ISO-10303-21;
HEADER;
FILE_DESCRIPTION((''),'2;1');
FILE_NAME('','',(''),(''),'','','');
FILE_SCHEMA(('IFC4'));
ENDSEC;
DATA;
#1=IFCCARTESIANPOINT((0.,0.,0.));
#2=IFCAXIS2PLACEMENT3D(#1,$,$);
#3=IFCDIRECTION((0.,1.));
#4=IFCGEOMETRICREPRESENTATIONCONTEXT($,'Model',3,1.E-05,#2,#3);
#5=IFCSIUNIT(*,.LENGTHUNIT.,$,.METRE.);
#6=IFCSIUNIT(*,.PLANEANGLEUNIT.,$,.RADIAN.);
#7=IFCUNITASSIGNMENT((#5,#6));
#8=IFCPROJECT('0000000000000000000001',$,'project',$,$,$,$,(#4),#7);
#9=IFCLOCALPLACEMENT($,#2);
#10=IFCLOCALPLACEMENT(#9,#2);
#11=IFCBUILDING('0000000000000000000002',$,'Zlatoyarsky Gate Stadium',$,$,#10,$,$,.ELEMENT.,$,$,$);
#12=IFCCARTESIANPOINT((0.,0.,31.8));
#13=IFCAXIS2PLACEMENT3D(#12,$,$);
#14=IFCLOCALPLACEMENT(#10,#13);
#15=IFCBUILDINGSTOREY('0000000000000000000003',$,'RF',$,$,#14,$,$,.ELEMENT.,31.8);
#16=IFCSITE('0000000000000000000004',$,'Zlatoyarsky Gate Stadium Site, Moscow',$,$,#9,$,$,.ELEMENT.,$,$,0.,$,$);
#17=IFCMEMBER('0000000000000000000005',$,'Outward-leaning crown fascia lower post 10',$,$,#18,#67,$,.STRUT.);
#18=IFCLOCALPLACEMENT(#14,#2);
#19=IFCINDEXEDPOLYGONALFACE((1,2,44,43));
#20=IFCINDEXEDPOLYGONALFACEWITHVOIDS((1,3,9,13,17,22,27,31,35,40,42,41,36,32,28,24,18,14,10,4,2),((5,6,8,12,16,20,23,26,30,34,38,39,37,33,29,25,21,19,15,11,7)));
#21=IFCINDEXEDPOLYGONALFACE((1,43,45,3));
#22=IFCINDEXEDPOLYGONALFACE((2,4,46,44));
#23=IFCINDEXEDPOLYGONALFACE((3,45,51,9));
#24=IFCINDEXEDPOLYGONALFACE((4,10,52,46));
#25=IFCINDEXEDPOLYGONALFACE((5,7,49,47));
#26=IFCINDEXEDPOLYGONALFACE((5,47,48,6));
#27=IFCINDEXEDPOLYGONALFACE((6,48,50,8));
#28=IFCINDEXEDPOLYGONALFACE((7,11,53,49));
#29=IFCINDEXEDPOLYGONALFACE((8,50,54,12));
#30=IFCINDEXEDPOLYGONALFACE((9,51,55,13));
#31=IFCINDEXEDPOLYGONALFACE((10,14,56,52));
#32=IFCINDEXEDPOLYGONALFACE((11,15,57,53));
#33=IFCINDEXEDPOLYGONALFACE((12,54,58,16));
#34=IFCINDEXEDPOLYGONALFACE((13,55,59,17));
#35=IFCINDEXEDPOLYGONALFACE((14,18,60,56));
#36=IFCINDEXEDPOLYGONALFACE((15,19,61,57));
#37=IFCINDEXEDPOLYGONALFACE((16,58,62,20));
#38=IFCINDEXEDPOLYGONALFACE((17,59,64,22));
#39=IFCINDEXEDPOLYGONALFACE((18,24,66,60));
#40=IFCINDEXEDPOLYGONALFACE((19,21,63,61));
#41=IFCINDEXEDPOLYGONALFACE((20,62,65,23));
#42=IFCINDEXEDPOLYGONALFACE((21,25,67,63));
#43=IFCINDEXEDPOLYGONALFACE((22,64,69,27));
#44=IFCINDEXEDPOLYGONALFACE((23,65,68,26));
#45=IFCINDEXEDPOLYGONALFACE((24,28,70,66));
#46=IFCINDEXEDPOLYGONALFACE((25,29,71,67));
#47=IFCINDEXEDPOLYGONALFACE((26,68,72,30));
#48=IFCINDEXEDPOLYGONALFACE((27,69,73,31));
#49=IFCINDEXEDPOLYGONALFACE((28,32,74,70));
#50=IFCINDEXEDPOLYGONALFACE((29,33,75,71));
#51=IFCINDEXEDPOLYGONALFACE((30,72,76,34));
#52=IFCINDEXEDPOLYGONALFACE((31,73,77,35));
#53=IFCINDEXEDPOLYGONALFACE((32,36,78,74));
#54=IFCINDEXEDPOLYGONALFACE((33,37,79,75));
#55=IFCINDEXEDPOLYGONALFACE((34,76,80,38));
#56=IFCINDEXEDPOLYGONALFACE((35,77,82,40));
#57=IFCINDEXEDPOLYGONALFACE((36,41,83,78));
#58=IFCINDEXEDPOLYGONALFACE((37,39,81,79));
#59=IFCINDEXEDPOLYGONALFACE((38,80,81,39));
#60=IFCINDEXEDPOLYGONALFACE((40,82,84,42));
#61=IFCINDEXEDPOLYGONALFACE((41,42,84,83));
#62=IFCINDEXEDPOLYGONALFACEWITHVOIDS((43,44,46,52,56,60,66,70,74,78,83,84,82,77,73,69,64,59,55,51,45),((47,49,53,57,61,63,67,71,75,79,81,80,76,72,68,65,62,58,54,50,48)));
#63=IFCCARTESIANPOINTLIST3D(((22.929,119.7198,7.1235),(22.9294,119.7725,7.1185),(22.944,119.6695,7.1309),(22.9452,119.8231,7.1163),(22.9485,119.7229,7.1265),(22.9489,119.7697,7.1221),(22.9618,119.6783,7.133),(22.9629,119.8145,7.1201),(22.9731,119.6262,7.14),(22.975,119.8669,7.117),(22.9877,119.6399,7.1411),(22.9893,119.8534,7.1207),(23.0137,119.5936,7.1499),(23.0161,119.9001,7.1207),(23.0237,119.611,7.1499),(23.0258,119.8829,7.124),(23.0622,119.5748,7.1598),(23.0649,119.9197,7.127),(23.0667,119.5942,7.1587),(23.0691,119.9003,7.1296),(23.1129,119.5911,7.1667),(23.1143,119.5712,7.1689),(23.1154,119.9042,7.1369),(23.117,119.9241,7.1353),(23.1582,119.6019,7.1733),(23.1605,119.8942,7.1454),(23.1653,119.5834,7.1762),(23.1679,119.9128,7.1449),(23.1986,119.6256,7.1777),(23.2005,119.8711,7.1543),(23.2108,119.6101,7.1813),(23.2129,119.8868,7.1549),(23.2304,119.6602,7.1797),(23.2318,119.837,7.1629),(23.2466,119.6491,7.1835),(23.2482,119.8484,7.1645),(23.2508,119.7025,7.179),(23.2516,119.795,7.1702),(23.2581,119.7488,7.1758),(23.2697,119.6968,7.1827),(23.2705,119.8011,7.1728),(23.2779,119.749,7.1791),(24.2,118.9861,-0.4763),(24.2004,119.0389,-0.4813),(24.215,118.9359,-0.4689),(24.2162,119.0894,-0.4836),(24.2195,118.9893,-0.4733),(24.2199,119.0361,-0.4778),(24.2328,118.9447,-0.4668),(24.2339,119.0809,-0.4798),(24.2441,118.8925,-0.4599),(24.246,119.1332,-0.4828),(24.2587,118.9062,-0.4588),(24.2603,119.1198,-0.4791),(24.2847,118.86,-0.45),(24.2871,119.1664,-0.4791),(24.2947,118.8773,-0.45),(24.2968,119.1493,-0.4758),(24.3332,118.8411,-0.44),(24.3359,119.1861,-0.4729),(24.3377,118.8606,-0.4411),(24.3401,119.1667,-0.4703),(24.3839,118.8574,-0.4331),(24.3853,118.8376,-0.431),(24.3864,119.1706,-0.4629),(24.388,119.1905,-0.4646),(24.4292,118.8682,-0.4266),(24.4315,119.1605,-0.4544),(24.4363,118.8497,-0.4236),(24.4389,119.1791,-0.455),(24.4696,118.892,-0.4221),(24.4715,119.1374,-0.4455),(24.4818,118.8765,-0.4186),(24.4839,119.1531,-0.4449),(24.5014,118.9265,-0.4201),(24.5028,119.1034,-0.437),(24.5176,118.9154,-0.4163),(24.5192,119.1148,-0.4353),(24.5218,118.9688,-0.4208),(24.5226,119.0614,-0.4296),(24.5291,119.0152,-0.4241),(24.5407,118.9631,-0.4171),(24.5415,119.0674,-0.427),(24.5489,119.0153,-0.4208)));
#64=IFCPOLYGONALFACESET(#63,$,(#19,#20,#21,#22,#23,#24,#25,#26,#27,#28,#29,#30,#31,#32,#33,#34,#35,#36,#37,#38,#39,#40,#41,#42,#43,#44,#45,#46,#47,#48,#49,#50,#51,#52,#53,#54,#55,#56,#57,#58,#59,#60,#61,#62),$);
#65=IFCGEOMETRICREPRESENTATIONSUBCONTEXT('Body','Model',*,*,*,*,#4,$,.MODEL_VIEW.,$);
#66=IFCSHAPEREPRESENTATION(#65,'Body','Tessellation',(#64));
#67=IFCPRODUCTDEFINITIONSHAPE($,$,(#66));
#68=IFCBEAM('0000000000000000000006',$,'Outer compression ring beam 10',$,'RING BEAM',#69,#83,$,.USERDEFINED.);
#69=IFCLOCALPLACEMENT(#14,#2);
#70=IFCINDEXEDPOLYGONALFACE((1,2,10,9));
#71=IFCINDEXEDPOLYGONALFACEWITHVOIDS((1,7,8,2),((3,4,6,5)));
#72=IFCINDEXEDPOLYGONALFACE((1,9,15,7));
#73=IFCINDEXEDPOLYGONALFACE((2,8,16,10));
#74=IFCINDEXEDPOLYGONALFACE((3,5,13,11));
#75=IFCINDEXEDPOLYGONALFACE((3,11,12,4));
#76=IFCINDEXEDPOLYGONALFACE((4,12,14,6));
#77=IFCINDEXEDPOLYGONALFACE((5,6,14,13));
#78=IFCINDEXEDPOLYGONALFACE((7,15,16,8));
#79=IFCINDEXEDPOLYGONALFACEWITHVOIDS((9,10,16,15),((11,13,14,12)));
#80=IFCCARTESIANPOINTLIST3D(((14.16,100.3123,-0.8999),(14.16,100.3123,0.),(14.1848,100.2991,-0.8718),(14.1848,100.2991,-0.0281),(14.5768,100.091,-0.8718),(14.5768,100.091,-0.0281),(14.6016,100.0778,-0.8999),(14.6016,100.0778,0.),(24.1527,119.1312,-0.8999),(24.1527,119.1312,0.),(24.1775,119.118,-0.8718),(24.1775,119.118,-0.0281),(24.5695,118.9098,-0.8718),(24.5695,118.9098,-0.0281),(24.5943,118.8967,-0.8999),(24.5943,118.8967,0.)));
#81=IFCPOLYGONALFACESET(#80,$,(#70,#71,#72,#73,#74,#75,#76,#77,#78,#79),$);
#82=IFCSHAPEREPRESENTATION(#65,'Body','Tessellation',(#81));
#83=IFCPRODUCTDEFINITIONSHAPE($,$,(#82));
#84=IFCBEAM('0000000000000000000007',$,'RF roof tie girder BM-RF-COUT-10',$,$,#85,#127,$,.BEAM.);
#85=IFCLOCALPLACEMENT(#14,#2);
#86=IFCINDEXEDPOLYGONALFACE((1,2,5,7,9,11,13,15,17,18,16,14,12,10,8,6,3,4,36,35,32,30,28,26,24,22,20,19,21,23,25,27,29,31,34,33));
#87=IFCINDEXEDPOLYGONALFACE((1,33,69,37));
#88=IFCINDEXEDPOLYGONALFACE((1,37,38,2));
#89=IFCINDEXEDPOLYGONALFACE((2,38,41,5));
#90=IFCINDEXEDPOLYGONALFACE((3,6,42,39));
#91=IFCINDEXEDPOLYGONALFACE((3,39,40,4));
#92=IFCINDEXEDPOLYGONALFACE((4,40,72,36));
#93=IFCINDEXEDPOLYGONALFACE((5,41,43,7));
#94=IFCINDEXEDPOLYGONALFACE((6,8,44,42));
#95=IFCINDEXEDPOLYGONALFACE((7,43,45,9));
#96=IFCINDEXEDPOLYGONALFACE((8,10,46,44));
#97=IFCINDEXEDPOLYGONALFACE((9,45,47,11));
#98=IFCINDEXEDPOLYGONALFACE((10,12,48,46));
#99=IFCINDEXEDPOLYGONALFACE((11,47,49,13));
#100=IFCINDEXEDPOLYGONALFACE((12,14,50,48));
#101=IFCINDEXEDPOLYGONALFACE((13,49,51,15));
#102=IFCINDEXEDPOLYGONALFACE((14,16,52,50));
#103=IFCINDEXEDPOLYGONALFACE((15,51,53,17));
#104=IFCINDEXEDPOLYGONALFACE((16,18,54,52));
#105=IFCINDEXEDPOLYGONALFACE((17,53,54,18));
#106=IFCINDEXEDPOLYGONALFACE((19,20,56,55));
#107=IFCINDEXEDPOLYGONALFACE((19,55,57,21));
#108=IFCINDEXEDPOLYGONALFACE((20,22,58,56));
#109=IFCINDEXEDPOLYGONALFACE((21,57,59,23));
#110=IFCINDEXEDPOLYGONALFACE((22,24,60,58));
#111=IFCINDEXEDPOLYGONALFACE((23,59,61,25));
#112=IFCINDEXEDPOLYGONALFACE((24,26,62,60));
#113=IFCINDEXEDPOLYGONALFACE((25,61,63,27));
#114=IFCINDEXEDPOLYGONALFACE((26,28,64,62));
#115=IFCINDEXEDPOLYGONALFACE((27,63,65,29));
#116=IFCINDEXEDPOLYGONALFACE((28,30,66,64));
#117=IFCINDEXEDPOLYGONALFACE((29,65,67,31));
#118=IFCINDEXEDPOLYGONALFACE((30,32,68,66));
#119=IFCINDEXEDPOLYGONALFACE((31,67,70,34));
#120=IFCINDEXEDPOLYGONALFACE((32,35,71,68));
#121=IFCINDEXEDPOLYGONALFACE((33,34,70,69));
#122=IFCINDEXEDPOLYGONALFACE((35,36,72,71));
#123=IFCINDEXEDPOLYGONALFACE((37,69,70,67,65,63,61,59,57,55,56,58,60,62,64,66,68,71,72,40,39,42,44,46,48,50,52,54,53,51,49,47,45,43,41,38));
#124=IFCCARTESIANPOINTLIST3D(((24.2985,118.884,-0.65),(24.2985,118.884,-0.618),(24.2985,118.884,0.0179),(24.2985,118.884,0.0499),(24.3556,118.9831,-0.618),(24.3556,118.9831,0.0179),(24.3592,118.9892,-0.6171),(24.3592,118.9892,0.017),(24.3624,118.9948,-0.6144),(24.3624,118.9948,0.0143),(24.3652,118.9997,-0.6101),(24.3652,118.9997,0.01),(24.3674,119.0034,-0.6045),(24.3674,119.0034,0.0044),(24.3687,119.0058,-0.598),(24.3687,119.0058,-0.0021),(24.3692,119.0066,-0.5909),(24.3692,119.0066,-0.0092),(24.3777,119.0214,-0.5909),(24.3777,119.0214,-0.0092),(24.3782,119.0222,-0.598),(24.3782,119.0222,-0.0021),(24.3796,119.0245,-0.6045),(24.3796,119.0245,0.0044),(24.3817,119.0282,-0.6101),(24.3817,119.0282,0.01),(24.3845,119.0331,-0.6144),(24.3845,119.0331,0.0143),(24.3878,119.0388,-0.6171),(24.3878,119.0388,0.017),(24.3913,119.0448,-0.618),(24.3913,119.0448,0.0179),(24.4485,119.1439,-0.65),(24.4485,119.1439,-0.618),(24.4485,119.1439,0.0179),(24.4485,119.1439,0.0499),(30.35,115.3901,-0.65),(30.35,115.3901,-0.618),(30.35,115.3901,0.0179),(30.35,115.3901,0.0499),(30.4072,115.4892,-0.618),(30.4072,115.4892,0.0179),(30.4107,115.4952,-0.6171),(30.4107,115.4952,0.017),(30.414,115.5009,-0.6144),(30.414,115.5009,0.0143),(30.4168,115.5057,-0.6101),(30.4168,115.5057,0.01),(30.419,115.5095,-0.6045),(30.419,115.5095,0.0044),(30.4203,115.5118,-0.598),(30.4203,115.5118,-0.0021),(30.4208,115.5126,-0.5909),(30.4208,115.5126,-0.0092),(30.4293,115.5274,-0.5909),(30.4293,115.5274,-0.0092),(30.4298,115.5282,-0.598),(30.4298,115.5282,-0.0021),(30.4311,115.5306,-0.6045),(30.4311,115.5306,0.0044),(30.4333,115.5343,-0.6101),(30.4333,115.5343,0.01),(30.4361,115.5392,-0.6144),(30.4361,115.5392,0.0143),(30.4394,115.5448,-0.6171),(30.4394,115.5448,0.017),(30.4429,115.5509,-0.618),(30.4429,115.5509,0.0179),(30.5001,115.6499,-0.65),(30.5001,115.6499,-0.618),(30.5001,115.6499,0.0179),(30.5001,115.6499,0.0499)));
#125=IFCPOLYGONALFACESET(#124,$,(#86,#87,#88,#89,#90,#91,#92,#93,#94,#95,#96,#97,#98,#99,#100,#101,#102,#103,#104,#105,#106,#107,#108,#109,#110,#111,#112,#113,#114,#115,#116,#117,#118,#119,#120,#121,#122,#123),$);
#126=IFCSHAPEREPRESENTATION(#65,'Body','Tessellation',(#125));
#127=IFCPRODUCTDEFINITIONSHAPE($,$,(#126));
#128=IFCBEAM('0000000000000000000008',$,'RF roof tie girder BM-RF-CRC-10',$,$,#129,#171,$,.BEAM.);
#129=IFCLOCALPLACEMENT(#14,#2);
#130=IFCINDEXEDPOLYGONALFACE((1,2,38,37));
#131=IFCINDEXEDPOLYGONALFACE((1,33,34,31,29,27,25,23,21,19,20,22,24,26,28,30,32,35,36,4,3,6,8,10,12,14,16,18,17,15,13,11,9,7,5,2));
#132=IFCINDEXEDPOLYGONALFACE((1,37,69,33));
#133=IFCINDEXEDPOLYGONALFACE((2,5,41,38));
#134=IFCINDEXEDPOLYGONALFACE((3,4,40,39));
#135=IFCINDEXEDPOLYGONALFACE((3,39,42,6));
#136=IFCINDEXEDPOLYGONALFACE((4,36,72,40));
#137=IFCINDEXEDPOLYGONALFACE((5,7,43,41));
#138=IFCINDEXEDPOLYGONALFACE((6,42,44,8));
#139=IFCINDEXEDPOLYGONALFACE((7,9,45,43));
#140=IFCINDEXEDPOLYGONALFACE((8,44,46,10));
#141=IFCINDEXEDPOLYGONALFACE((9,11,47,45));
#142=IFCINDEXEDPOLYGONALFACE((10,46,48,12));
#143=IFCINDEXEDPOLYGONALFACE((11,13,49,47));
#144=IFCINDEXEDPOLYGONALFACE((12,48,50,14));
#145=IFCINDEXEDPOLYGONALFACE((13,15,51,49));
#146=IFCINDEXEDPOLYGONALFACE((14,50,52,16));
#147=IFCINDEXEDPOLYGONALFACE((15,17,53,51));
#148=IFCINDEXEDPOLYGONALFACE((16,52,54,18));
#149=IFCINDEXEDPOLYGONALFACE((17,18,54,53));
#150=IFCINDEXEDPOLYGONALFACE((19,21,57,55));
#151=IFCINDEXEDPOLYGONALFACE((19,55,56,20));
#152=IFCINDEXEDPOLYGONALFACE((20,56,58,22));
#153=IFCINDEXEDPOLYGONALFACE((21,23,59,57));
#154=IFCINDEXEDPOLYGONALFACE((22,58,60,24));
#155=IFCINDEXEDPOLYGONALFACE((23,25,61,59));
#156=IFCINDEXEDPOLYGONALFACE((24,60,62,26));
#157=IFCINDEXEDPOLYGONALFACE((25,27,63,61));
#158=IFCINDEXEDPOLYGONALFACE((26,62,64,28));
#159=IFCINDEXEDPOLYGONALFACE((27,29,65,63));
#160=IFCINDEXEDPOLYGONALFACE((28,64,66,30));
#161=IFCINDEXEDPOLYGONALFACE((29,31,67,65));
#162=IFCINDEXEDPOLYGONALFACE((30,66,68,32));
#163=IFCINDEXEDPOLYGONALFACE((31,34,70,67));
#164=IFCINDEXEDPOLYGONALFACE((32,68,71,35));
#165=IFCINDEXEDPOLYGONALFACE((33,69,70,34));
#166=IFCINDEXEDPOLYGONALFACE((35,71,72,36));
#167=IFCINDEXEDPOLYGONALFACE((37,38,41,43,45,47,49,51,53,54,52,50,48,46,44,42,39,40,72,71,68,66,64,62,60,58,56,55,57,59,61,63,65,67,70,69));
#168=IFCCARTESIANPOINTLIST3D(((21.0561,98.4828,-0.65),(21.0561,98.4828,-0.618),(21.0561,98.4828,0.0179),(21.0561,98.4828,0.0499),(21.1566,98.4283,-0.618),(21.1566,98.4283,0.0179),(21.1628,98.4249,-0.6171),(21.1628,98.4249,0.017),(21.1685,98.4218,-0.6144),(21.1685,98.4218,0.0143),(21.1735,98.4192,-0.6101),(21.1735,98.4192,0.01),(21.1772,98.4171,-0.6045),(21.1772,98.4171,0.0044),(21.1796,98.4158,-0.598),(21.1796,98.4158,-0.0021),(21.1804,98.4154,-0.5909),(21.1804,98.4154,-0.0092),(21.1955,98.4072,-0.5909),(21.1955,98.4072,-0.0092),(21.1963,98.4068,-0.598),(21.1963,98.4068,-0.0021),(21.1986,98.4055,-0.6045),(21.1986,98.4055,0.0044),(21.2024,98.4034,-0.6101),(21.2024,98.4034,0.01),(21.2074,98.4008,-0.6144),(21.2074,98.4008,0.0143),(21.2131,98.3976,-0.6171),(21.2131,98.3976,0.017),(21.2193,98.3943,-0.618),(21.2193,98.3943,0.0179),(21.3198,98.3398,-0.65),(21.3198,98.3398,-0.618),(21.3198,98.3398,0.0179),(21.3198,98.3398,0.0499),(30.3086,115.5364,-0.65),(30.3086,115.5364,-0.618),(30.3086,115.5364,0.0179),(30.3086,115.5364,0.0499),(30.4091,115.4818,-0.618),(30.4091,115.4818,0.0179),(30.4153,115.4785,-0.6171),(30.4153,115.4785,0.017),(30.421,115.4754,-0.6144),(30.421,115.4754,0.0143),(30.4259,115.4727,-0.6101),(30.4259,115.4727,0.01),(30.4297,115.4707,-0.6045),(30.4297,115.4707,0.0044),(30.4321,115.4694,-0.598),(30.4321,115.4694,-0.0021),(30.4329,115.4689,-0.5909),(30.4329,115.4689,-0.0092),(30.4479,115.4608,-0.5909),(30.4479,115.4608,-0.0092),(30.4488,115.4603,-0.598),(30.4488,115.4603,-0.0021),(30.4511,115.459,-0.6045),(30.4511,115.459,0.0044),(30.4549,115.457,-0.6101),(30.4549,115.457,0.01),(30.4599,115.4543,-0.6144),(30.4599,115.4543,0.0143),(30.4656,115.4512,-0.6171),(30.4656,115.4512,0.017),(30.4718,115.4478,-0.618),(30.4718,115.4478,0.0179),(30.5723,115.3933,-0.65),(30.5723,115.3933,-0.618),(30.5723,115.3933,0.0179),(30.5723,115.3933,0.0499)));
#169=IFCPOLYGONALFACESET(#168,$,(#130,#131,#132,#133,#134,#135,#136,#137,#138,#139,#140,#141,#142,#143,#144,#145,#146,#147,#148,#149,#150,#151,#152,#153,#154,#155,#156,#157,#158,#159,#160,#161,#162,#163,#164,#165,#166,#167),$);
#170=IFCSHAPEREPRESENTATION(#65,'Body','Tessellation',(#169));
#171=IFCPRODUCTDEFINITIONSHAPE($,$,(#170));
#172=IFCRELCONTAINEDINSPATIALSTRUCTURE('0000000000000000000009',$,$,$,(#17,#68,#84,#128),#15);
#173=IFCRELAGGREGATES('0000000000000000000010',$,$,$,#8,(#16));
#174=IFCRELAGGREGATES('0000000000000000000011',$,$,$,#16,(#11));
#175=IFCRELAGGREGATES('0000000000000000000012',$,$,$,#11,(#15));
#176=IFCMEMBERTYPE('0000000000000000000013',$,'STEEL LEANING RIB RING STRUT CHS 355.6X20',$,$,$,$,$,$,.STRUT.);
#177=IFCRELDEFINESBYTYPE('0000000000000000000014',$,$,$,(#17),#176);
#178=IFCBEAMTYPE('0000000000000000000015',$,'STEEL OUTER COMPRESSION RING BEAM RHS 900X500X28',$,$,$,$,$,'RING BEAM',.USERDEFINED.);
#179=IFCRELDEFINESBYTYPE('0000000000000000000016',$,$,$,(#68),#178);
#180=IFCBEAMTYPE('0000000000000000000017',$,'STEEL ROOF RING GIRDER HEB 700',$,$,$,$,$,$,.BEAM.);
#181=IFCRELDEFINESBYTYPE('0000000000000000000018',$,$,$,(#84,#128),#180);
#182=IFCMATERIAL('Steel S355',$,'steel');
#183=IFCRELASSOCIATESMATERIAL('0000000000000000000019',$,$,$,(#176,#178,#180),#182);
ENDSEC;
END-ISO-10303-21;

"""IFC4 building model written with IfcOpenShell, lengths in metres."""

from ifc_helpers import new_model, si_unit, direction, frame, origin, origin_2d, place, context, subcontext, project, spatial, hollow_rectangle, hollow_circle, i_section, extrude, material, material_profile, profile_set, type_object, element, save


model = new_model("IFC4")

# Units and contexts
model_context = context("Model", 3, precision=1e-05, world=origin(), true_north=direction((0.0, 1.0)))
body_context = subcontext(model_context, "Body", "Model", "MODEL_VIEW")
ifc_project = project(units=[si_unit("LENGTHUNIT", "METRE"), si_unit("PLANEANGLEUNIT", "RADIAN")], contexts=[model_context])

# Site, building, storey
site_placement = place(None, origin())
site = spatial("IfcSite", under=ifc_project, at=site_placement, Name="Zlatoyarsky Gate Stadium Site, Moscow", CompositionType="ELEMENT", RefElevation=0.0)
building_placement = place(site_placement, origin())
building = spatial("IfcBuilding", under=site, at=building_placement, Name="Zlatoyarsky Gate Stadium", CompositionType="ELEMENT")
storey_placement = place(building_placement, frame((0.0, 0.0, 31.8)))
storey = spatial("IfcBuildingStorey", under=building, at=storey_placement, Name="RF", CompositionType="ELEMENT", Elevation=31.8)

# Member
ifc_material_1 = material(Name="Steel S355", Category="steel")
ifc_material_profile_1 = material_profile(ifc_material_1, hollow_circle(Radius=0.1777, WallThickness=0.02, at=origin_2d()), Name="CHS 355.6X20")
ifc_profile_set_1 = profile_set([ifc_material_profile_1], Name="Steel S355")
member_type_1 = type_object("IfcMemberType", Name="STEEL LEANING RIB RING STRUT CHS 355.6X20", PredefinedType="STRUT", material=ifc_profile_set_1)
member_1_placement = place(storey_placement, frame((24.3735, 119.0139, -0.45), z_axis=(-0.164206, 0.094783, 0.981862), x_axis=(-0.499914, -0.866075, 0.0)))
element("IfcMember", 1, at=member_1_placement, inside=storey, type_object=member_type_1, Name="Outward-leaning crown fascia lower post 10", PredefinedType="STRUT", context=body_context, shape_type="SweptSolid", body=[
    extrude(hollow_circle(Radius=0.1777, WallThickness=0.02, at=origin_2d()), origin(), (0.0, 0.0, 1.0), 7.7402),
])

# Beams
ifc_material_profile_2 = material_profile(ifc_material_1, hollow_rectangle(XDim=0.5, YDim=0.8999, WallThickness=0.0281, at=origin_2d()), Name="RHS 900X500X28")
ifc_profile_set_2 = profile_set([ifc_material_profile_2], Name="Steel S355")
beam_type_1 = type_object("IfcBeamType", Name="STEEL OUTER COMPRESSION RING BEAM RHS 900X500X28", ElementType="RING BEAM", PredefinedType="USERDEFINED", material=ifc_profile_set_2)
beam_1_placement = place(storey_placement, frame((24.3735, 119.0139, -0.45), z_axis=(-0.468978, -0.88321, 0.0), x_axis=(0.88321, -0.468978, 0.0)))
element("IfcBeam", 2, at=beam_1_placement, inside=storey, type_object=beam_type_1, Name="Outer compression ring beam 10", ObjectType="RING BEAM", PredefinedType="USERDEFINED", context=body_context, shape_type="SweptSolid", body=[
    extrude(hollow_rectangle(XDim=0.5, YDim=0.8999, WallThickness=0.0281, at=origin_2d()), origin(), (0.0, 0.0, 1.0), 21.3074),
])
ifc_material_profile_3 = material_profile(ifc_material_1, i_section(OverallWidth=0.3, OverallDepth=0.7, WebThickness=0.0171, FlangeThickness=0.032, FilletRadius=0.0271, at=origin_2d()), Name="HEB 700")
ifc_profile_set_3 = profile_set([ifc_material_profile_3], Name="Steel S355")
beam_type_2 = type_object("IfcBeamType", Name="STEEL ROOF RING GIRDER HEB 700", PredefinedType="BEAM", material=ifc_profile_set_3)
beam_2_placement = place(storey_placement, frame((30.425, 115.52, -0.3), z_axis=(-0.866022, 0.500006, 0.0), x_axis=(-0.500006, -0.866022, 0.0)))
element("IfcBeam", 3, at=beam_2_placement, inside=storey, type_object=beam_type_2, Name="RF roof tie girder BM-RF-COUT-10", PredefinedType="BEAM", context=body_context, shape_type="SweptSolid", body=[
    extrude(i_section(OverallWidth=0.3, OverallDepth=0.7, WebThickness=0.0171, FlangeThickness=0.032, FilletRadius=0.0271, at=origin_2d()), origin(), (0.0, 0.0, 1.0), 6.9878),
])
beam_3_placement = place(storey_placement, frame((30.4404, 115.4648, -0.3), z_axis=(-0.476887, -0.878965, 0.0), x_axis=(0.878965, -0.476887, 0.0)))
element("IfcBeam", 4, at=beam_3_placement, inside=storey, type_object=beam_type_2, Name="RF roof tie girder BM-RF-CRC-10", PredefinedType="BEAM", context=body_context, shape_type="SweptSolid", body=[
    extrude(i_section(OverallWidth=0.3, OverallDepth=0.7, WebThickness=0.0171, FlangeThickness=0.032, FilletRadius=0.0271, at=origin_2d()), origin(), (0.0, 0.0, 1.0), 19.4019),
])

save(model, "model.ifc")
